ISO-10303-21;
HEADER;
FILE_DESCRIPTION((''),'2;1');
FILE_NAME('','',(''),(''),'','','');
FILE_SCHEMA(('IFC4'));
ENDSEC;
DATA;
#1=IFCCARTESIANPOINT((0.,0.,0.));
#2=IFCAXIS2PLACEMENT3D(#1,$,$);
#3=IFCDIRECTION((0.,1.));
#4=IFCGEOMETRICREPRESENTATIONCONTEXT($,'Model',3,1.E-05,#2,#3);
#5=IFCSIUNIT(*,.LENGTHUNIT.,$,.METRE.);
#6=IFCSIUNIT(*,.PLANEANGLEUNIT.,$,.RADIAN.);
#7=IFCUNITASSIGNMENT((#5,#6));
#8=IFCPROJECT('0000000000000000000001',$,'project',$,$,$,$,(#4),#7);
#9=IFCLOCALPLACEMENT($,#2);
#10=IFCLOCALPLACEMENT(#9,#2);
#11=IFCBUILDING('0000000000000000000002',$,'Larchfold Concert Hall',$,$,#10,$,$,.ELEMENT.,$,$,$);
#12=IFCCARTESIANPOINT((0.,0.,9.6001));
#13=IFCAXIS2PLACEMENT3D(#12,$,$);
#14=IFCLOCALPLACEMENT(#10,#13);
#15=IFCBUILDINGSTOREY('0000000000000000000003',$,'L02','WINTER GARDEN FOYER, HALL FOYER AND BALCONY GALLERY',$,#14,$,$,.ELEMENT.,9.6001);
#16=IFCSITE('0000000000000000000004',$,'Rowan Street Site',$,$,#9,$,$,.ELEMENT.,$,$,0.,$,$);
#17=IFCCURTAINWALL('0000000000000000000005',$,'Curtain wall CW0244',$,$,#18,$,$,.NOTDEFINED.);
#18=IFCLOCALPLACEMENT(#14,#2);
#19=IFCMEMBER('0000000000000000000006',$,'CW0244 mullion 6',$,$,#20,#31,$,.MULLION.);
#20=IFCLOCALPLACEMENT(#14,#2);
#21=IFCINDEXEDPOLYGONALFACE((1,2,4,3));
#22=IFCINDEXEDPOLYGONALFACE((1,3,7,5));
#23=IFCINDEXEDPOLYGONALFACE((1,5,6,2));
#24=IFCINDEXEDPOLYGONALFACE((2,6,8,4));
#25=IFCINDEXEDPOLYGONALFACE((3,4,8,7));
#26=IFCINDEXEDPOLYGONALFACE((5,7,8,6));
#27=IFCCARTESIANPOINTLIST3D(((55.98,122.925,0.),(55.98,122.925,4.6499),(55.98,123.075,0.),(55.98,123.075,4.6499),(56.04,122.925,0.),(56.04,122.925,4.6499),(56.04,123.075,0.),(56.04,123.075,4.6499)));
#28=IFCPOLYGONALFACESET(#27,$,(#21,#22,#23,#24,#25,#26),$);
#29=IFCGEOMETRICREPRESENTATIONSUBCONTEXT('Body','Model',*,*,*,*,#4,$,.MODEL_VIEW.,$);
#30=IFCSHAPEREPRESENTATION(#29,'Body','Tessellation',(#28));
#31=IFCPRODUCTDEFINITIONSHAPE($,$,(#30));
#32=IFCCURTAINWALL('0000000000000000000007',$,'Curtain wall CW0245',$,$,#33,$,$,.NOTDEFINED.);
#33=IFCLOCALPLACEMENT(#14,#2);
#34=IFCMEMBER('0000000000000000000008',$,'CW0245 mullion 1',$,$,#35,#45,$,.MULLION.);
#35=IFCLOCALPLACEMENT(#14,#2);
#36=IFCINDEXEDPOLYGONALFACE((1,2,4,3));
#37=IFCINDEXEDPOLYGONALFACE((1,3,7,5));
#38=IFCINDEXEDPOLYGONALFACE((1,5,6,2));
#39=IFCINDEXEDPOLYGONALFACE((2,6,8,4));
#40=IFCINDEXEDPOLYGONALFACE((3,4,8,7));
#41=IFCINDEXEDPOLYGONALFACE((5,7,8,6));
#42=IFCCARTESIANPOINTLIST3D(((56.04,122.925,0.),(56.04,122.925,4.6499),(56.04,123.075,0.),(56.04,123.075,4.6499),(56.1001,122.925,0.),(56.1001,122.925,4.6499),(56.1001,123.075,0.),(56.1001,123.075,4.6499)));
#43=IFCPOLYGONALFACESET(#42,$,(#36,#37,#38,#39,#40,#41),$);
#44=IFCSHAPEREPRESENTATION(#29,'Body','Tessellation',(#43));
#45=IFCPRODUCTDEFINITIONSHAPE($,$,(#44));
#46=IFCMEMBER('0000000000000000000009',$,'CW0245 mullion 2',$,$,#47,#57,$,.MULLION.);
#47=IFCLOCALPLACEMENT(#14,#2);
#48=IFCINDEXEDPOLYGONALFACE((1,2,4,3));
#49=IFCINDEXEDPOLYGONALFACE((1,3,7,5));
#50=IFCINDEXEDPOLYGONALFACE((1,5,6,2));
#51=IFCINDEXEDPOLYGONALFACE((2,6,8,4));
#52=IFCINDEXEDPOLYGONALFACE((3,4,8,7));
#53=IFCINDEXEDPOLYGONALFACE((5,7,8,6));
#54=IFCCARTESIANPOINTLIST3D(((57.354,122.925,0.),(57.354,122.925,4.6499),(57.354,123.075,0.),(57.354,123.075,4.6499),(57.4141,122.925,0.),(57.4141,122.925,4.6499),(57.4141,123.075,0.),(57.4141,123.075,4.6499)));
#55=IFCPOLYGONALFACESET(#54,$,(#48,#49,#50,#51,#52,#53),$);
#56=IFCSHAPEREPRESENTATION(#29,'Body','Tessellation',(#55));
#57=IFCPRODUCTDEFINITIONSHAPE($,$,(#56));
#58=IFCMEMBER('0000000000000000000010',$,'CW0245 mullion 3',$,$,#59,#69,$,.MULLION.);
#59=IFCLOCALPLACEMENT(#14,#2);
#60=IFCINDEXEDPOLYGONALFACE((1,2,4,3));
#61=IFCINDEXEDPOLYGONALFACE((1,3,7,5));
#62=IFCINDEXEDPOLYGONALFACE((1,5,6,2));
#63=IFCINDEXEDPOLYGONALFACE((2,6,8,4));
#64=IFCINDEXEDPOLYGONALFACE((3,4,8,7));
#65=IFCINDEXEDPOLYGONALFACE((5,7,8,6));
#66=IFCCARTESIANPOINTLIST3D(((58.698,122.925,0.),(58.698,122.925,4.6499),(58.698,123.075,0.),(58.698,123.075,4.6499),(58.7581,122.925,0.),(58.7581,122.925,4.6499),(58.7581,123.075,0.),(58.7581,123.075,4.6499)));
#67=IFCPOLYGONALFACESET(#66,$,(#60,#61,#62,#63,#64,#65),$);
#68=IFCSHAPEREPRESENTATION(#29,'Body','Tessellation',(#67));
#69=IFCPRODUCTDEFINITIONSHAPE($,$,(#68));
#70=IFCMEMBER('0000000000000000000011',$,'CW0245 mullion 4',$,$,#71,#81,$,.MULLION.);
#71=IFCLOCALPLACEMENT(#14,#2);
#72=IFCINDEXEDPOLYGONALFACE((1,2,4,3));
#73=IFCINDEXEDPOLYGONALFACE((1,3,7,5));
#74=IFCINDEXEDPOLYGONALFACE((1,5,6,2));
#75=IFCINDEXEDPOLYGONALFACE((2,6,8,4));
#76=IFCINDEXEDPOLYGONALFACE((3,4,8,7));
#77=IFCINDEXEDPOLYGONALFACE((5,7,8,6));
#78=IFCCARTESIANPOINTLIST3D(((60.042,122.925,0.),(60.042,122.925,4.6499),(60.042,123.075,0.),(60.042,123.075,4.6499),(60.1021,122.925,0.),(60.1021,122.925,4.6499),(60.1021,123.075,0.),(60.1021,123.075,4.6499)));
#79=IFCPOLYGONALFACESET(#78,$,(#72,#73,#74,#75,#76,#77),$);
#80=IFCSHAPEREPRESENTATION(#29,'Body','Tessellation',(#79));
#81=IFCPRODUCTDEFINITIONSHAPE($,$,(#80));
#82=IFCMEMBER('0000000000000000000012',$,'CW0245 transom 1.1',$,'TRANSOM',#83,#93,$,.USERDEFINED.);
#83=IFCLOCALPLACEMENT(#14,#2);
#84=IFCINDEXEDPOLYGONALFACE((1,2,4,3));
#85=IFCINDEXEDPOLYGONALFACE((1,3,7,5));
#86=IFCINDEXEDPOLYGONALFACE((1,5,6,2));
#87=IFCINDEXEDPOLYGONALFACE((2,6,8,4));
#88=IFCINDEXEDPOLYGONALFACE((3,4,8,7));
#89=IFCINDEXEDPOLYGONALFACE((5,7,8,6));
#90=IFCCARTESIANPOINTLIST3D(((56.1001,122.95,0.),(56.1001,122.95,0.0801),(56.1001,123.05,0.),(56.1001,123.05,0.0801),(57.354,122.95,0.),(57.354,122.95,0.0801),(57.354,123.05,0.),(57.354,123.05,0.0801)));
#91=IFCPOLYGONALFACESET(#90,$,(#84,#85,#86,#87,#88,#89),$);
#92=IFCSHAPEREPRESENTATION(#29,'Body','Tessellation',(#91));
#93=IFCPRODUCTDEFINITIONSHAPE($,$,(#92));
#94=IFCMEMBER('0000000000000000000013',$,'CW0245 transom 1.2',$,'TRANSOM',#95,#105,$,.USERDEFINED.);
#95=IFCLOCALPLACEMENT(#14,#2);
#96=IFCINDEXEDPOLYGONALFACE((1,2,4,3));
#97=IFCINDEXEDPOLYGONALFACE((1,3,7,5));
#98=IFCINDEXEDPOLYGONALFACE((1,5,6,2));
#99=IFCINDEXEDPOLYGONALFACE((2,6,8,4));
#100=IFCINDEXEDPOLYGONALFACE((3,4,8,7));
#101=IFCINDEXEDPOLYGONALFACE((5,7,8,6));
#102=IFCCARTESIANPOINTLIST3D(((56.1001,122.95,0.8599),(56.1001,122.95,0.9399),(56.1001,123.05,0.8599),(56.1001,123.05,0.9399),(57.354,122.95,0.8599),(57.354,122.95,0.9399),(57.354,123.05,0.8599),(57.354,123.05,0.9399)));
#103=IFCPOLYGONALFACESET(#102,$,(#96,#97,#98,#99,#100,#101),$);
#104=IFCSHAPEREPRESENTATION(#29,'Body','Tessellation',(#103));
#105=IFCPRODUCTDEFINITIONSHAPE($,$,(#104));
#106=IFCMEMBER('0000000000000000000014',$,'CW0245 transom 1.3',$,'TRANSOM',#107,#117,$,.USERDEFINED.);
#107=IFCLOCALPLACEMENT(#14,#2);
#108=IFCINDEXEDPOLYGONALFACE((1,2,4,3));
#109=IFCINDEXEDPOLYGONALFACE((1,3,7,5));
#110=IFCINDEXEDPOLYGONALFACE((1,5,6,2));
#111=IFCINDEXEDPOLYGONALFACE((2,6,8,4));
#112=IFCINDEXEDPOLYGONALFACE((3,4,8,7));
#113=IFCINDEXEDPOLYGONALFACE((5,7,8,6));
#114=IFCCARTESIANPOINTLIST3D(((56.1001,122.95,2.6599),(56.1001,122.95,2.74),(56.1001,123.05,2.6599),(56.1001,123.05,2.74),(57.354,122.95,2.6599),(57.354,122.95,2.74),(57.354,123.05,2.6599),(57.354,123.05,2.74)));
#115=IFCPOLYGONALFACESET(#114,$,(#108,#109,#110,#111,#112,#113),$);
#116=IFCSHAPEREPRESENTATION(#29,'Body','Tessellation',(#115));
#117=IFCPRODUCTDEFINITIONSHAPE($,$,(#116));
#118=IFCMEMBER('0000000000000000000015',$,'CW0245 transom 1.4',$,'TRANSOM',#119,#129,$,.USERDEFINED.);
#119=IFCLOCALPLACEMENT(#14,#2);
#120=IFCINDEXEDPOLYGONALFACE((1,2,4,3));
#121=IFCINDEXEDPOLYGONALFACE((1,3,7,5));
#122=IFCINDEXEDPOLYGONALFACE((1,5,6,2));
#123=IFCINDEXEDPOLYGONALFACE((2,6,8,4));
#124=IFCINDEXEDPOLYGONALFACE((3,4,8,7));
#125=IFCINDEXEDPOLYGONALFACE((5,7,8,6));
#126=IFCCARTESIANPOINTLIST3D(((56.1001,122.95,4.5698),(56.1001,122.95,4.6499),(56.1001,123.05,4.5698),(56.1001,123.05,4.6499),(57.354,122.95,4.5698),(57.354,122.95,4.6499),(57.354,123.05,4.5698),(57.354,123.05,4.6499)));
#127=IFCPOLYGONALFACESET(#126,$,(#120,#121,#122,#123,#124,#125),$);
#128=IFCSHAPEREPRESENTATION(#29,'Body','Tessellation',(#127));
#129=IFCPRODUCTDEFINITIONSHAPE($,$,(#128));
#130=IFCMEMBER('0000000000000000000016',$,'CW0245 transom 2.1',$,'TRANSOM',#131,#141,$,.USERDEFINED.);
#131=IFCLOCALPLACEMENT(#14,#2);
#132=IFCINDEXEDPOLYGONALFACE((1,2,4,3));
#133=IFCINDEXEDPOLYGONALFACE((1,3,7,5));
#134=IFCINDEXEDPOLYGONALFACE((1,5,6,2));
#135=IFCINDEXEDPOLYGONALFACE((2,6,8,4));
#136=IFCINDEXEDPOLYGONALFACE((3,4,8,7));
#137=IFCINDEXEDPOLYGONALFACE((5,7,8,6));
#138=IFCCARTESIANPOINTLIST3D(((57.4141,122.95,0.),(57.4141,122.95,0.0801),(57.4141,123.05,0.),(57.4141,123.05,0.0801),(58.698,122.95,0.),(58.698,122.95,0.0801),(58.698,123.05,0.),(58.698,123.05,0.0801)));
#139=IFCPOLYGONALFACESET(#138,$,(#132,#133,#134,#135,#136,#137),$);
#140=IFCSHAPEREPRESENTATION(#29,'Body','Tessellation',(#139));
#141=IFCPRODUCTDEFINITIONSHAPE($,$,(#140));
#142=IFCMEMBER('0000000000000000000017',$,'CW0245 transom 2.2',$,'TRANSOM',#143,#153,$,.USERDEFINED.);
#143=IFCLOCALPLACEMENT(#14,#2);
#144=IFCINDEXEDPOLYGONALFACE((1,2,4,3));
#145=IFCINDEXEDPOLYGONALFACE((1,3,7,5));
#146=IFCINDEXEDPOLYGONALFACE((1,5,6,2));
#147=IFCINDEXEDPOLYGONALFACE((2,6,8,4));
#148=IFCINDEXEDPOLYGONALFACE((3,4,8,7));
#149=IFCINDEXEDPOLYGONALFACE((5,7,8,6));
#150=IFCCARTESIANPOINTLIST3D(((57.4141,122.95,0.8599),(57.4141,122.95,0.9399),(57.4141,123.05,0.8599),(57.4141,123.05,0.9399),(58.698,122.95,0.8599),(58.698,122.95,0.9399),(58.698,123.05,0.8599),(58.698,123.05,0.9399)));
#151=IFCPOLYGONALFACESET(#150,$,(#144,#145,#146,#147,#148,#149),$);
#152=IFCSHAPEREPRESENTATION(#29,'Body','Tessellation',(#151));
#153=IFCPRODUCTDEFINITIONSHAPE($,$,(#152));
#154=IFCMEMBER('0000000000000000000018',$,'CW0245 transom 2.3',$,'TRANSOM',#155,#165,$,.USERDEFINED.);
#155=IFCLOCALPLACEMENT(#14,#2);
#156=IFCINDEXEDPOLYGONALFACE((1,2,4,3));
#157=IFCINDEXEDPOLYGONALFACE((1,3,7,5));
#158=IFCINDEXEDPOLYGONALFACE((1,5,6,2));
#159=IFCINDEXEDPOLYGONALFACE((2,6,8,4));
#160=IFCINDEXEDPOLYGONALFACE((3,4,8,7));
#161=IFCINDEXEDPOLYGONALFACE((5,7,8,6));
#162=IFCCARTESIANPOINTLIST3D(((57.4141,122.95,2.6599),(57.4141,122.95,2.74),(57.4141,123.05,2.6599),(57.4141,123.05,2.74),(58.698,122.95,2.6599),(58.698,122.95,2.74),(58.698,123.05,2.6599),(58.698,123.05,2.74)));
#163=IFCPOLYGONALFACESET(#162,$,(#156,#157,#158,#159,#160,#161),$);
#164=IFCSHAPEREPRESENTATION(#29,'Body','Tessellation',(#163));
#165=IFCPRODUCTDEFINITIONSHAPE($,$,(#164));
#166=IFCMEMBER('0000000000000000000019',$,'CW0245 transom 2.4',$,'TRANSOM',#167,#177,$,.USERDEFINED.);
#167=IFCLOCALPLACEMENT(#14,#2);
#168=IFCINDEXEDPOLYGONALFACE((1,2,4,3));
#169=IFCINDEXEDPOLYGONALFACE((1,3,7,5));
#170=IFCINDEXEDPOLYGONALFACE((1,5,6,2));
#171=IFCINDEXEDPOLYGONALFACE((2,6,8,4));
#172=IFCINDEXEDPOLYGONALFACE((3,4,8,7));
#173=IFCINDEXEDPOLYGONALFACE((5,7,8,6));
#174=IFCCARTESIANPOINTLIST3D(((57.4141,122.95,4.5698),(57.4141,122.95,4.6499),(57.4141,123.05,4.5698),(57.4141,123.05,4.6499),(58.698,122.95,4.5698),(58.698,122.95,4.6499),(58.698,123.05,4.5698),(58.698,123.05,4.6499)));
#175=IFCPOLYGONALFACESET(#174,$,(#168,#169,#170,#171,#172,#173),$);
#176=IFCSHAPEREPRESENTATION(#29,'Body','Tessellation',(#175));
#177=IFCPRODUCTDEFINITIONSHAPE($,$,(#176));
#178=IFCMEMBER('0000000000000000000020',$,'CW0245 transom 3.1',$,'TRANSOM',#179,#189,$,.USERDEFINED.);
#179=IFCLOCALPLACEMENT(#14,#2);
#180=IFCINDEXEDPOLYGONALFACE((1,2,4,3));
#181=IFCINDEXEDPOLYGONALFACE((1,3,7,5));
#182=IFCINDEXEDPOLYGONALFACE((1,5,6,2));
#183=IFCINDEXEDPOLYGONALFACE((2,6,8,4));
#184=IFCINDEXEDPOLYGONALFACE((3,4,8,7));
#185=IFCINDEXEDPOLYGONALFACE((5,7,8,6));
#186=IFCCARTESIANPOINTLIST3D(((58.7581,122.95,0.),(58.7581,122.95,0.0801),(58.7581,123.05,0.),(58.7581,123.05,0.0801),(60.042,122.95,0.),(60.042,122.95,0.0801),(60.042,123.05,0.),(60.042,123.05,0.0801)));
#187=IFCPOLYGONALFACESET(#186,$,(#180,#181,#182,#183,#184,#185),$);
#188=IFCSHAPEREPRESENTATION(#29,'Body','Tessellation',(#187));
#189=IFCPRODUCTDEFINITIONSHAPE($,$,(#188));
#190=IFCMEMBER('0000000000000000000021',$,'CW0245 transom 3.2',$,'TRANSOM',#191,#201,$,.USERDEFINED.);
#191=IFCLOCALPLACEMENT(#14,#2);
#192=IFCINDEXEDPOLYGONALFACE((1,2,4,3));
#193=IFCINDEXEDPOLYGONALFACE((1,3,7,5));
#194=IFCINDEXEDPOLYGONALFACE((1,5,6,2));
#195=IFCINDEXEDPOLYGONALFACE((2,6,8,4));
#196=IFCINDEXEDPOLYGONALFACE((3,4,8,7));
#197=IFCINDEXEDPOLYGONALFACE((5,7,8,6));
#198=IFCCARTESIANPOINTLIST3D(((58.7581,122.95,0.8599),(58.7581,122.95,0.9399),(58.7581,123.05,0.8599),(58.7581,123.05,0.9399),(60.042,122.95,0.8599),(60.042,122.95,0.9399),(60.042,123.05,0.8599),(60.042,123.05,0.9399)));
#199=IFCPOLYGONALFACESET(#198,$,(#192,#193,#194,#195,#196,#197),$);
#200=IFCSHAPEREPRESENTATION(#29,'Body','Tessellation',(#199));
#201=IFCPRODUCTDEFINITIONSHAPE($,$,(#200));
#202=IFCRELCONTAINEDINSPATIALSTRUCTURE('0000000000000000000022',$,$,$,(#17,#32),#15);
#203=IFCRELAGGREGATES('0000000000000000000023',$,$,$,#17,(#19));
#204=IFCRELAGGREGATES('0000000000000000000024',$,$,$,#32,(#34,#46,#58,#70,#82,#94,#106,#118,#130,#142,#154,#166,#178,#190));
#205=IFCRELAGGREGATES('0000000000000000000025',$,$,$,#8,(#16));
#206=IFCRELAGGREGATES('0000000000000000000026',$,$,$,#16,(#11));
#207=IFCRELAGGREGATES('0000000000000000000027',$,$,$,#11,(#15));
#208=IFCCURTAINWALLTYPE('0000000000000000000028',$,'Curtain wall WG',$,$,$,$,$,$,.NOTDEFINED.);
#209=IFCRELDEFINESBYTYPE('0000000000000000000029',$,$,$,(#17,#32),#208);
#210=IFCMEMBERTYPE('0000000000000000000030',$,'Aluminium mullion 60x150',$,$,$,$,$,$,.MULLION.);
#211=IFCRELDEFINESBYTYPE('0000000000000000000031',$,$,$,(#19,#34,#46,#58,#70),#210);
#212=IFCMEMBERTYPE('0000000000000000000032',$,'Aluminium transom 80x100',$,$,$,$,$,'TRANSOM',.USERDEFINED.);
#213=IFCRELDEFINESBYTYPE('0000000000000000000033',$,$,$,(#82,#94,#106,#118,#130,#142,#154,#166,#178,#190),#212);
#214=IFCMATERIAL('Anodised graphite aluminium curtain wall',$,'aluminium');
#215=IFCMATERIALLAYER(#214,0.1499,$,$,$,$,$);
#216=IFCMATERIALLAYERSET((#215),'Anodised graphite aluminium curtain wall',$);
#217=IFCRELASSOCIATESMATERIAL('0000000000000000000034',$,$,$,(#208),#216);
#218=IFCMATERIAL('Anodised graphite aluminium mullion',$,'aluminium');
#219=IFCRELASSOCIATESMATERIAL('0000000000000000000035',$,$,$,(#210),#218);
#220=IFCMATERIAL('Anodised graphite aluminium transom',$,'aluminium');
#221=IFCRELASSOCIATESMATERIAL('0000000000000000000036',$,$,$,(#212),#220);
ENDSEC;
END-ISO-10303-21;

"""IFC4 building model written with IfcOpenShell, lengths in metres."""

from ifc_helpers import new_model, si_unit, direction, frame, origin, origin_2d, place, context, subcontext, project, spatial, rectangle, extrude, material, layer, layer_set, material_profile, profile_set, type_object, element, aggregate, save


model = new_model("IFC4")

# Units and contexts
model_context = context("Model", 3, precision=1e-05, world=origin(), true_north=direction((0.0, 1.0)))
body_context = subcontext(model_context, "Body", "Model", "MODEL_VIEW")
ifc_project = project(units=[si_unit("LENGTHUNIT", "METRE"), si_unit("PLANEANGLEUNIT", "RADIAN")], contexts=[model_context])

# Site, building, storey
site_placement = place(None, origin())
site = spatial("IfcSite", under=ifc_project, at=site_placement, Name="Rowan Street Site", CompositionType="ELEMENT", RefElevation=0.0)
building_placement = place(site_placement, origin())
building = spatial("IfcBuilding", under=site, at=building_placement, Name="Larchfold Concert Hall", CompositionType="ELEMENT")
storey_placement = place(building_placement, frame((0.0, 0.0, 9.6001)))
storey = spatial("IfcBuildingStorey", under=building, at=storey_placement, Name="L02", Description="WINTER GARDEN FOYER, HALL FOYER AND BALCONY GALLERY", CompositionType="ELEMENT", Elevation=9.6001)

# Curtain wall, member
ifc_material_1 = material(Name="Anodised graphite aluminium curtain wall", Category="aluminium")
ifc_layer_1 = layer(ifc_material_1, 0.1499)
ifc_layer_set_1 = layer_set([ifc_layer_1], Name="Anodised graphite aluminium curtain wall")
curtain_wall_type = type_object("IfcCurtainWallType", Name="Curtain wall WG", PredefinedType="NOTDEFINED", material=ifc_layer_set_1)
curtain_wall_1_placement = place(storey_placement, origin())
curtain_wall_1 = element("IfcCurtainWall", 1, at=curtain_wall_1_placement, inside=storey, type_object=curtain_wall_type, Name="Curtain wall CW0244", PredefinedType="NOTDEFINED")
ifc_material_2 = material(Name="Anodised graphite aluminium mullion", Category="aluminium")
ifc_material_profile_1 = material_profile(ifc_material_2, rectangle(XDim=0.1499, YDim=0.0601, at=origin_2d()))
ifc_profile_set_1 = profile_set([ifc_material_profile_1], Name="Anodised graphite aluminium mullion")
member_type_1 = type_object("IfcMemberType", Name="Aluminium mullion 60x150", PredefinedType="MULLION", material=ifc_profile_set_1)
member_1_placement = place(storey_placement, frame((56.01, 123.0, 0.0), z_axis=(0.0, 0.0, 1.0), x_axis=(0.0, 1.0, 0.0)))
member_1 = element("IfcMember", 2, at=member_1_placement, type_object=member_type_1, Name="CW0244 mullion 6", PredefinedType="MULLION", context=body_context, shape_type="SweptSolid", body=[
    extrude(rectangle(XDim=0.1499, YDim=0.0601, at=origin_2d()), origin(), (0.0, 0.0, 1.0), 4.6499),
])
aggregate(curtain_wall_1, [member_1])

# Curtain wall, members
curtain_wall_2_placement = place(storey_placement, origin())
curtain_wall_2 = element("IfcCurtainWall", 3, at=curtain_wall_2_placement, inside=storey, type_object=curtain_wall_type, Name="Curtain wall CW0245", PredefinedType="NOTDEFINED")
member_2_placement = place(storey_placement, frame((56.0701, 123.0, 0.0), z_axis=(0.0, 0.0, 1.0), x_axis=(0.0, 1.0, 0.0)))
member_2 = element("IfcMember", 4, at=member_2_placement, type_object=member_type_1, Name="CW0245 mullion 1", PredefinedType="MULLION", context=body_context, shape_type="SweptSolid", body=[
    extrude(rectangle(XDim=0.1499, YDim=0.0601, at=origin_2d()), origin(), (0.0, 0.0, 1.0), 4.6499),
])
member_3_placement = place(storey_placement, frame((57.384, 123.0, 0.0), z_axis=(0.0, 0.0, 1.0), x_axis=(0.0, 1.0, 0.0)))
member_3 = element("IfcMember", 5, at=member_3_placement, type_object=member_type_1, Name="CW0245 mullion 2", PredefinedType="MULLION", context=body_context, shape_type="SweptSolid", body=[
    extrude(rectangle(XDim=0.1499, YDim=0.0601, at=origin_2d()), origin(), (0.0, 0.0, 1.0), 4.6499),
])
member_4_placement = place(storey_placement, frame((58.728, 123.0, 0.0), z_axis=(0.0, 0.0, 1.0), x_axis=(0.0, 1.0, 0.0)))
member_4 = element("IfcMember", 6, at=member_4_placement, type_object=member_type_1, Name="CW0245 mullion 3", PredefinedType="MULLION", context=body_context, shape_type="SweptSolid", body=[
    extrude(rectangle(XDim=0.1499, YDim=0.0601, at=origin_2d()), origin(), (0.0, 0.0, 1.0), 4.6499),
])
member_5_placement = place(storey_placement, frame((60.072, 123.0, 0.0), z_axis=(0.0, 0.0, 1.0), x_axis=(0.0, 1.0, 0.0)))
member_5 = element("IfcMember", 7, at=member_5_placement, type_object=member_type_1, Name="CW0245 mullion 4", PredefinedType="MULLION", context=body_context, shape_type="SweptSolid", body=[
    extrude(rectangle(XDim=0.1499, YDim=0.0601, at=origin_2d()), origin(), (0.0, 0.0, 1.0), 4.6499),
])
ifc_material_3 = material(Name="Anodised graphite aluminium transom", Category="aluminium")
ifc_material_profile_2 = material_profile(ifc_material_3, rectangle(XDim=0.1001, YDim=0.0801, at=origin_2d()))
ifc_profile_set_2 = profile_set([ifc_material_profile_2], Name="Anodised graphite aluminium transom")
member_type_2 = type_object("IfcMemberType", Name="Aluminium transom 80x100", ElementType="TRANSOM", PredefinedType="USERDEFINED", material=ifc_profile_set_2)
member_6_placement = place(storey_placement, frame((56.1001, 123.0, 0.04), z_axis=(1.0, 0.0, 0.0), x_axis=(0.0, 1.0, 0.0)))
member_6 = element("IfcMember", 8, at=member_6_placement, type_object=member_type_2, Name="CW0245 transom 1.1", ObjectType="TRANSOM", PredefinedType="USERDEFINED", context=body_context, shape_type="SweptSolid", body=[
    extrude(rectangle(XDim=0.1001, YDim=0.0801, at=origin_2d()), origin(), (0.0, 0.0, 1.0), 1.2539),
])
member_7_placement = place(storey_placement, frame((56.1001, 123.0, 0.8999), z_axis=(1.0, 0.0, 0.0), x_axis=(0.0, 1.0, 0.0)))
member_7 = element("IfcMember", 9, at=member_7_placement, type_object=member_type_2, Name="CW0245 transom 1.2", ObjectType="TRANSOM", PredefinedType="USERDEFINED", context=body_context, shape_type="SweptSolid", body=[
    extrude(rectangle(XDim=0.1001, YDim=0.0801, at=origin_2d()), origin(), (0.0, 0.0, 1.0), 1.2539),
])
member_8_placement = place(storey_placement, frame((56.1001, 123.0, 2.7), z_axis=(1.0, 0.0, 0.0), x_axis=(0.0, 1.0, 0.0)))
member_8 = element("IfcMember", 10, at=member_8_placement, type_object=member_type_2, Name="CW0245 transom 1.3", ObjectType="TRANSOM", PredefinedType="USERDEFINED", context=body_context, shape_type="SweptSolid", body=[
    extrude(rectangle(XDim=0.1001, YDim=0.0801, at=origin_2d()), origin(), (0.0, 0.0, 1.0), 1.2539),
])
member_9_placement = place(storey_placement, frame((56.1001, 123.0, 4.6099), z_axis=(1.0, 0.0, 0.0), x_axis=(0.0, 1.0, 0.0)))
member_9 = element("IfcMember", 11, at=member_9_placement, type_object=member_type_2, Name="CW0245 transom 1.4", ObjectType="TRANSOM", PredefinedType="USERDEFINED", context=body_context, shape_type="SweptSolid", body=[
    extrude(rectangle(XDim=0.1001, YDim=0.0801, at=origin_2d()), origin(), (0.0, 0.0, 1.0), 1.2539),
])
member_10_placement = place(storey_placement, frame((57.4141, 123.0, 0.04), z_axis=(1.0, 0.0, 0.0), x_axis=(0.0, 1.0, 0.0)))
member_10 = element("IfcMember", 12, at=member_10_placement, type_object=member_type_2, Name="CW0245 transom 2.1", ObjectType="TRANSOM", PredefinedType="USERDEFINED", context=body_context, shape_type="SweptSolid", body=[
    extrude(rectangle(XDim=0.1001, YDim=0.0801, at=origin_2d()), origin(), (0.0, 0.0, 1.0), 1.2839),
])
member_11_placement = place(storey_placement, frame((57.4141, 123.0, 0.8999), z_axis=(1.0, 0.0, 0.0), x_axis=(0.0, 1.0, 0.0)))
member_11 = element("IfcMember", 13, at=member_11_placement, type_object=member_type_2, Name="CW0245 transom 2.2", ObjectType="TRANSOM", PredefinedType="USERDEFINED", context=body_context, shape_type="SweptSolid", body=[
    extrude(rectangle(XDim=0.1001, YDim=0.0801, at=origin_2d()), origin(), (0.0, 0.0, 1.0), 1.2839),
])
member_12_placement = place(storey_placement, frame((57.4141, 123.0, 2.7), z_axis=(1.0, 0.0, 0.0), x_axis=(0.0, 1.0, 0.0)))
member_12 = element("IfcMember", 14, at=member_12_placement, type_object=member_type_2, Name="CW0245 transom 2.3", ObjectType="TRANSOM", PredefinedType="USERDEFINED", context=body_context, shape_type="SweptSolid", body=[
    extrude(rectangle(XDim=0.1001, YDim=0.0801, at=origin_2d()), origin(), (0.0, 0.0, 1.0), 1.2839),
])
member_13_placement = place(storey_placement, frame((57.4141, 123.0, 4.6099), z_axis=(1.0, 0.0, 0.0), x_axis=(0.0, 1.0, 0.0)))
member_13 = element("IfcMember", 15, at=member_13_placement, type_object=member_type_2, Name="CW0245 transom 2.4", ObjectType="TRANSOM", PredefinedType="USERDEFINED", context=body_context, shape_type="SweptSolid", body=[
    extrude(rectangle(XDim=0.1001, YDim=0.0801, at=origin_2d()), origin(), (0.0, 0.0, 1.0), 1.2839),
])
member_14_placement = place(storey_placement, frame((58.7581, 123.0, 0.04), z_axis=(1.0, 0.0, 0.0), x_axis=(0.0, 1.0, 0.0)))
member_14 = element("IfcMember", 16, at=member_14_placement, type_object=member_type_2, Name="CW0245 transom 3.1", ObjectType="TRANSOM", PredefinedType="USERDEFINED", context=body_context, shape_type="SweptSolid", body=[
    extrude(rectangle(XDim=0.1001, YDim=0.0801, at=origin_2d()), origin(), (0.0, 0.0, 1.0), 1.2839),
])
member_15_placement = place(storey_placement, frame((58.7581, 123.0, 0.8999), z_axis=(1.0, 0.0, 0.0), x_axis=(0.0, 1.0, 0.0)))
member_15 = element("IfcMember", 17, at=member_15_placement, type_object=member_type_2, Name="CW0245 transom 3.2", ObjectType="TRANSOM", PredefinedType="USERDEFINED", context=body_context, shape_type="SweptSolid", body=[
    extrude(rectangle(XDim=0.1001, YDim=0.0801, at=origin_2d()), origin(), (0.0, 0.0, 1.0), 1.2839),
])

aggregate(curtain_wall_2, [member_2, member_3, member_4, member_5, member_6, member_7, member_8, member_9, member_10, member_11, member_12, member_13, member_14, member_15])

save(model, "model.ifc")
